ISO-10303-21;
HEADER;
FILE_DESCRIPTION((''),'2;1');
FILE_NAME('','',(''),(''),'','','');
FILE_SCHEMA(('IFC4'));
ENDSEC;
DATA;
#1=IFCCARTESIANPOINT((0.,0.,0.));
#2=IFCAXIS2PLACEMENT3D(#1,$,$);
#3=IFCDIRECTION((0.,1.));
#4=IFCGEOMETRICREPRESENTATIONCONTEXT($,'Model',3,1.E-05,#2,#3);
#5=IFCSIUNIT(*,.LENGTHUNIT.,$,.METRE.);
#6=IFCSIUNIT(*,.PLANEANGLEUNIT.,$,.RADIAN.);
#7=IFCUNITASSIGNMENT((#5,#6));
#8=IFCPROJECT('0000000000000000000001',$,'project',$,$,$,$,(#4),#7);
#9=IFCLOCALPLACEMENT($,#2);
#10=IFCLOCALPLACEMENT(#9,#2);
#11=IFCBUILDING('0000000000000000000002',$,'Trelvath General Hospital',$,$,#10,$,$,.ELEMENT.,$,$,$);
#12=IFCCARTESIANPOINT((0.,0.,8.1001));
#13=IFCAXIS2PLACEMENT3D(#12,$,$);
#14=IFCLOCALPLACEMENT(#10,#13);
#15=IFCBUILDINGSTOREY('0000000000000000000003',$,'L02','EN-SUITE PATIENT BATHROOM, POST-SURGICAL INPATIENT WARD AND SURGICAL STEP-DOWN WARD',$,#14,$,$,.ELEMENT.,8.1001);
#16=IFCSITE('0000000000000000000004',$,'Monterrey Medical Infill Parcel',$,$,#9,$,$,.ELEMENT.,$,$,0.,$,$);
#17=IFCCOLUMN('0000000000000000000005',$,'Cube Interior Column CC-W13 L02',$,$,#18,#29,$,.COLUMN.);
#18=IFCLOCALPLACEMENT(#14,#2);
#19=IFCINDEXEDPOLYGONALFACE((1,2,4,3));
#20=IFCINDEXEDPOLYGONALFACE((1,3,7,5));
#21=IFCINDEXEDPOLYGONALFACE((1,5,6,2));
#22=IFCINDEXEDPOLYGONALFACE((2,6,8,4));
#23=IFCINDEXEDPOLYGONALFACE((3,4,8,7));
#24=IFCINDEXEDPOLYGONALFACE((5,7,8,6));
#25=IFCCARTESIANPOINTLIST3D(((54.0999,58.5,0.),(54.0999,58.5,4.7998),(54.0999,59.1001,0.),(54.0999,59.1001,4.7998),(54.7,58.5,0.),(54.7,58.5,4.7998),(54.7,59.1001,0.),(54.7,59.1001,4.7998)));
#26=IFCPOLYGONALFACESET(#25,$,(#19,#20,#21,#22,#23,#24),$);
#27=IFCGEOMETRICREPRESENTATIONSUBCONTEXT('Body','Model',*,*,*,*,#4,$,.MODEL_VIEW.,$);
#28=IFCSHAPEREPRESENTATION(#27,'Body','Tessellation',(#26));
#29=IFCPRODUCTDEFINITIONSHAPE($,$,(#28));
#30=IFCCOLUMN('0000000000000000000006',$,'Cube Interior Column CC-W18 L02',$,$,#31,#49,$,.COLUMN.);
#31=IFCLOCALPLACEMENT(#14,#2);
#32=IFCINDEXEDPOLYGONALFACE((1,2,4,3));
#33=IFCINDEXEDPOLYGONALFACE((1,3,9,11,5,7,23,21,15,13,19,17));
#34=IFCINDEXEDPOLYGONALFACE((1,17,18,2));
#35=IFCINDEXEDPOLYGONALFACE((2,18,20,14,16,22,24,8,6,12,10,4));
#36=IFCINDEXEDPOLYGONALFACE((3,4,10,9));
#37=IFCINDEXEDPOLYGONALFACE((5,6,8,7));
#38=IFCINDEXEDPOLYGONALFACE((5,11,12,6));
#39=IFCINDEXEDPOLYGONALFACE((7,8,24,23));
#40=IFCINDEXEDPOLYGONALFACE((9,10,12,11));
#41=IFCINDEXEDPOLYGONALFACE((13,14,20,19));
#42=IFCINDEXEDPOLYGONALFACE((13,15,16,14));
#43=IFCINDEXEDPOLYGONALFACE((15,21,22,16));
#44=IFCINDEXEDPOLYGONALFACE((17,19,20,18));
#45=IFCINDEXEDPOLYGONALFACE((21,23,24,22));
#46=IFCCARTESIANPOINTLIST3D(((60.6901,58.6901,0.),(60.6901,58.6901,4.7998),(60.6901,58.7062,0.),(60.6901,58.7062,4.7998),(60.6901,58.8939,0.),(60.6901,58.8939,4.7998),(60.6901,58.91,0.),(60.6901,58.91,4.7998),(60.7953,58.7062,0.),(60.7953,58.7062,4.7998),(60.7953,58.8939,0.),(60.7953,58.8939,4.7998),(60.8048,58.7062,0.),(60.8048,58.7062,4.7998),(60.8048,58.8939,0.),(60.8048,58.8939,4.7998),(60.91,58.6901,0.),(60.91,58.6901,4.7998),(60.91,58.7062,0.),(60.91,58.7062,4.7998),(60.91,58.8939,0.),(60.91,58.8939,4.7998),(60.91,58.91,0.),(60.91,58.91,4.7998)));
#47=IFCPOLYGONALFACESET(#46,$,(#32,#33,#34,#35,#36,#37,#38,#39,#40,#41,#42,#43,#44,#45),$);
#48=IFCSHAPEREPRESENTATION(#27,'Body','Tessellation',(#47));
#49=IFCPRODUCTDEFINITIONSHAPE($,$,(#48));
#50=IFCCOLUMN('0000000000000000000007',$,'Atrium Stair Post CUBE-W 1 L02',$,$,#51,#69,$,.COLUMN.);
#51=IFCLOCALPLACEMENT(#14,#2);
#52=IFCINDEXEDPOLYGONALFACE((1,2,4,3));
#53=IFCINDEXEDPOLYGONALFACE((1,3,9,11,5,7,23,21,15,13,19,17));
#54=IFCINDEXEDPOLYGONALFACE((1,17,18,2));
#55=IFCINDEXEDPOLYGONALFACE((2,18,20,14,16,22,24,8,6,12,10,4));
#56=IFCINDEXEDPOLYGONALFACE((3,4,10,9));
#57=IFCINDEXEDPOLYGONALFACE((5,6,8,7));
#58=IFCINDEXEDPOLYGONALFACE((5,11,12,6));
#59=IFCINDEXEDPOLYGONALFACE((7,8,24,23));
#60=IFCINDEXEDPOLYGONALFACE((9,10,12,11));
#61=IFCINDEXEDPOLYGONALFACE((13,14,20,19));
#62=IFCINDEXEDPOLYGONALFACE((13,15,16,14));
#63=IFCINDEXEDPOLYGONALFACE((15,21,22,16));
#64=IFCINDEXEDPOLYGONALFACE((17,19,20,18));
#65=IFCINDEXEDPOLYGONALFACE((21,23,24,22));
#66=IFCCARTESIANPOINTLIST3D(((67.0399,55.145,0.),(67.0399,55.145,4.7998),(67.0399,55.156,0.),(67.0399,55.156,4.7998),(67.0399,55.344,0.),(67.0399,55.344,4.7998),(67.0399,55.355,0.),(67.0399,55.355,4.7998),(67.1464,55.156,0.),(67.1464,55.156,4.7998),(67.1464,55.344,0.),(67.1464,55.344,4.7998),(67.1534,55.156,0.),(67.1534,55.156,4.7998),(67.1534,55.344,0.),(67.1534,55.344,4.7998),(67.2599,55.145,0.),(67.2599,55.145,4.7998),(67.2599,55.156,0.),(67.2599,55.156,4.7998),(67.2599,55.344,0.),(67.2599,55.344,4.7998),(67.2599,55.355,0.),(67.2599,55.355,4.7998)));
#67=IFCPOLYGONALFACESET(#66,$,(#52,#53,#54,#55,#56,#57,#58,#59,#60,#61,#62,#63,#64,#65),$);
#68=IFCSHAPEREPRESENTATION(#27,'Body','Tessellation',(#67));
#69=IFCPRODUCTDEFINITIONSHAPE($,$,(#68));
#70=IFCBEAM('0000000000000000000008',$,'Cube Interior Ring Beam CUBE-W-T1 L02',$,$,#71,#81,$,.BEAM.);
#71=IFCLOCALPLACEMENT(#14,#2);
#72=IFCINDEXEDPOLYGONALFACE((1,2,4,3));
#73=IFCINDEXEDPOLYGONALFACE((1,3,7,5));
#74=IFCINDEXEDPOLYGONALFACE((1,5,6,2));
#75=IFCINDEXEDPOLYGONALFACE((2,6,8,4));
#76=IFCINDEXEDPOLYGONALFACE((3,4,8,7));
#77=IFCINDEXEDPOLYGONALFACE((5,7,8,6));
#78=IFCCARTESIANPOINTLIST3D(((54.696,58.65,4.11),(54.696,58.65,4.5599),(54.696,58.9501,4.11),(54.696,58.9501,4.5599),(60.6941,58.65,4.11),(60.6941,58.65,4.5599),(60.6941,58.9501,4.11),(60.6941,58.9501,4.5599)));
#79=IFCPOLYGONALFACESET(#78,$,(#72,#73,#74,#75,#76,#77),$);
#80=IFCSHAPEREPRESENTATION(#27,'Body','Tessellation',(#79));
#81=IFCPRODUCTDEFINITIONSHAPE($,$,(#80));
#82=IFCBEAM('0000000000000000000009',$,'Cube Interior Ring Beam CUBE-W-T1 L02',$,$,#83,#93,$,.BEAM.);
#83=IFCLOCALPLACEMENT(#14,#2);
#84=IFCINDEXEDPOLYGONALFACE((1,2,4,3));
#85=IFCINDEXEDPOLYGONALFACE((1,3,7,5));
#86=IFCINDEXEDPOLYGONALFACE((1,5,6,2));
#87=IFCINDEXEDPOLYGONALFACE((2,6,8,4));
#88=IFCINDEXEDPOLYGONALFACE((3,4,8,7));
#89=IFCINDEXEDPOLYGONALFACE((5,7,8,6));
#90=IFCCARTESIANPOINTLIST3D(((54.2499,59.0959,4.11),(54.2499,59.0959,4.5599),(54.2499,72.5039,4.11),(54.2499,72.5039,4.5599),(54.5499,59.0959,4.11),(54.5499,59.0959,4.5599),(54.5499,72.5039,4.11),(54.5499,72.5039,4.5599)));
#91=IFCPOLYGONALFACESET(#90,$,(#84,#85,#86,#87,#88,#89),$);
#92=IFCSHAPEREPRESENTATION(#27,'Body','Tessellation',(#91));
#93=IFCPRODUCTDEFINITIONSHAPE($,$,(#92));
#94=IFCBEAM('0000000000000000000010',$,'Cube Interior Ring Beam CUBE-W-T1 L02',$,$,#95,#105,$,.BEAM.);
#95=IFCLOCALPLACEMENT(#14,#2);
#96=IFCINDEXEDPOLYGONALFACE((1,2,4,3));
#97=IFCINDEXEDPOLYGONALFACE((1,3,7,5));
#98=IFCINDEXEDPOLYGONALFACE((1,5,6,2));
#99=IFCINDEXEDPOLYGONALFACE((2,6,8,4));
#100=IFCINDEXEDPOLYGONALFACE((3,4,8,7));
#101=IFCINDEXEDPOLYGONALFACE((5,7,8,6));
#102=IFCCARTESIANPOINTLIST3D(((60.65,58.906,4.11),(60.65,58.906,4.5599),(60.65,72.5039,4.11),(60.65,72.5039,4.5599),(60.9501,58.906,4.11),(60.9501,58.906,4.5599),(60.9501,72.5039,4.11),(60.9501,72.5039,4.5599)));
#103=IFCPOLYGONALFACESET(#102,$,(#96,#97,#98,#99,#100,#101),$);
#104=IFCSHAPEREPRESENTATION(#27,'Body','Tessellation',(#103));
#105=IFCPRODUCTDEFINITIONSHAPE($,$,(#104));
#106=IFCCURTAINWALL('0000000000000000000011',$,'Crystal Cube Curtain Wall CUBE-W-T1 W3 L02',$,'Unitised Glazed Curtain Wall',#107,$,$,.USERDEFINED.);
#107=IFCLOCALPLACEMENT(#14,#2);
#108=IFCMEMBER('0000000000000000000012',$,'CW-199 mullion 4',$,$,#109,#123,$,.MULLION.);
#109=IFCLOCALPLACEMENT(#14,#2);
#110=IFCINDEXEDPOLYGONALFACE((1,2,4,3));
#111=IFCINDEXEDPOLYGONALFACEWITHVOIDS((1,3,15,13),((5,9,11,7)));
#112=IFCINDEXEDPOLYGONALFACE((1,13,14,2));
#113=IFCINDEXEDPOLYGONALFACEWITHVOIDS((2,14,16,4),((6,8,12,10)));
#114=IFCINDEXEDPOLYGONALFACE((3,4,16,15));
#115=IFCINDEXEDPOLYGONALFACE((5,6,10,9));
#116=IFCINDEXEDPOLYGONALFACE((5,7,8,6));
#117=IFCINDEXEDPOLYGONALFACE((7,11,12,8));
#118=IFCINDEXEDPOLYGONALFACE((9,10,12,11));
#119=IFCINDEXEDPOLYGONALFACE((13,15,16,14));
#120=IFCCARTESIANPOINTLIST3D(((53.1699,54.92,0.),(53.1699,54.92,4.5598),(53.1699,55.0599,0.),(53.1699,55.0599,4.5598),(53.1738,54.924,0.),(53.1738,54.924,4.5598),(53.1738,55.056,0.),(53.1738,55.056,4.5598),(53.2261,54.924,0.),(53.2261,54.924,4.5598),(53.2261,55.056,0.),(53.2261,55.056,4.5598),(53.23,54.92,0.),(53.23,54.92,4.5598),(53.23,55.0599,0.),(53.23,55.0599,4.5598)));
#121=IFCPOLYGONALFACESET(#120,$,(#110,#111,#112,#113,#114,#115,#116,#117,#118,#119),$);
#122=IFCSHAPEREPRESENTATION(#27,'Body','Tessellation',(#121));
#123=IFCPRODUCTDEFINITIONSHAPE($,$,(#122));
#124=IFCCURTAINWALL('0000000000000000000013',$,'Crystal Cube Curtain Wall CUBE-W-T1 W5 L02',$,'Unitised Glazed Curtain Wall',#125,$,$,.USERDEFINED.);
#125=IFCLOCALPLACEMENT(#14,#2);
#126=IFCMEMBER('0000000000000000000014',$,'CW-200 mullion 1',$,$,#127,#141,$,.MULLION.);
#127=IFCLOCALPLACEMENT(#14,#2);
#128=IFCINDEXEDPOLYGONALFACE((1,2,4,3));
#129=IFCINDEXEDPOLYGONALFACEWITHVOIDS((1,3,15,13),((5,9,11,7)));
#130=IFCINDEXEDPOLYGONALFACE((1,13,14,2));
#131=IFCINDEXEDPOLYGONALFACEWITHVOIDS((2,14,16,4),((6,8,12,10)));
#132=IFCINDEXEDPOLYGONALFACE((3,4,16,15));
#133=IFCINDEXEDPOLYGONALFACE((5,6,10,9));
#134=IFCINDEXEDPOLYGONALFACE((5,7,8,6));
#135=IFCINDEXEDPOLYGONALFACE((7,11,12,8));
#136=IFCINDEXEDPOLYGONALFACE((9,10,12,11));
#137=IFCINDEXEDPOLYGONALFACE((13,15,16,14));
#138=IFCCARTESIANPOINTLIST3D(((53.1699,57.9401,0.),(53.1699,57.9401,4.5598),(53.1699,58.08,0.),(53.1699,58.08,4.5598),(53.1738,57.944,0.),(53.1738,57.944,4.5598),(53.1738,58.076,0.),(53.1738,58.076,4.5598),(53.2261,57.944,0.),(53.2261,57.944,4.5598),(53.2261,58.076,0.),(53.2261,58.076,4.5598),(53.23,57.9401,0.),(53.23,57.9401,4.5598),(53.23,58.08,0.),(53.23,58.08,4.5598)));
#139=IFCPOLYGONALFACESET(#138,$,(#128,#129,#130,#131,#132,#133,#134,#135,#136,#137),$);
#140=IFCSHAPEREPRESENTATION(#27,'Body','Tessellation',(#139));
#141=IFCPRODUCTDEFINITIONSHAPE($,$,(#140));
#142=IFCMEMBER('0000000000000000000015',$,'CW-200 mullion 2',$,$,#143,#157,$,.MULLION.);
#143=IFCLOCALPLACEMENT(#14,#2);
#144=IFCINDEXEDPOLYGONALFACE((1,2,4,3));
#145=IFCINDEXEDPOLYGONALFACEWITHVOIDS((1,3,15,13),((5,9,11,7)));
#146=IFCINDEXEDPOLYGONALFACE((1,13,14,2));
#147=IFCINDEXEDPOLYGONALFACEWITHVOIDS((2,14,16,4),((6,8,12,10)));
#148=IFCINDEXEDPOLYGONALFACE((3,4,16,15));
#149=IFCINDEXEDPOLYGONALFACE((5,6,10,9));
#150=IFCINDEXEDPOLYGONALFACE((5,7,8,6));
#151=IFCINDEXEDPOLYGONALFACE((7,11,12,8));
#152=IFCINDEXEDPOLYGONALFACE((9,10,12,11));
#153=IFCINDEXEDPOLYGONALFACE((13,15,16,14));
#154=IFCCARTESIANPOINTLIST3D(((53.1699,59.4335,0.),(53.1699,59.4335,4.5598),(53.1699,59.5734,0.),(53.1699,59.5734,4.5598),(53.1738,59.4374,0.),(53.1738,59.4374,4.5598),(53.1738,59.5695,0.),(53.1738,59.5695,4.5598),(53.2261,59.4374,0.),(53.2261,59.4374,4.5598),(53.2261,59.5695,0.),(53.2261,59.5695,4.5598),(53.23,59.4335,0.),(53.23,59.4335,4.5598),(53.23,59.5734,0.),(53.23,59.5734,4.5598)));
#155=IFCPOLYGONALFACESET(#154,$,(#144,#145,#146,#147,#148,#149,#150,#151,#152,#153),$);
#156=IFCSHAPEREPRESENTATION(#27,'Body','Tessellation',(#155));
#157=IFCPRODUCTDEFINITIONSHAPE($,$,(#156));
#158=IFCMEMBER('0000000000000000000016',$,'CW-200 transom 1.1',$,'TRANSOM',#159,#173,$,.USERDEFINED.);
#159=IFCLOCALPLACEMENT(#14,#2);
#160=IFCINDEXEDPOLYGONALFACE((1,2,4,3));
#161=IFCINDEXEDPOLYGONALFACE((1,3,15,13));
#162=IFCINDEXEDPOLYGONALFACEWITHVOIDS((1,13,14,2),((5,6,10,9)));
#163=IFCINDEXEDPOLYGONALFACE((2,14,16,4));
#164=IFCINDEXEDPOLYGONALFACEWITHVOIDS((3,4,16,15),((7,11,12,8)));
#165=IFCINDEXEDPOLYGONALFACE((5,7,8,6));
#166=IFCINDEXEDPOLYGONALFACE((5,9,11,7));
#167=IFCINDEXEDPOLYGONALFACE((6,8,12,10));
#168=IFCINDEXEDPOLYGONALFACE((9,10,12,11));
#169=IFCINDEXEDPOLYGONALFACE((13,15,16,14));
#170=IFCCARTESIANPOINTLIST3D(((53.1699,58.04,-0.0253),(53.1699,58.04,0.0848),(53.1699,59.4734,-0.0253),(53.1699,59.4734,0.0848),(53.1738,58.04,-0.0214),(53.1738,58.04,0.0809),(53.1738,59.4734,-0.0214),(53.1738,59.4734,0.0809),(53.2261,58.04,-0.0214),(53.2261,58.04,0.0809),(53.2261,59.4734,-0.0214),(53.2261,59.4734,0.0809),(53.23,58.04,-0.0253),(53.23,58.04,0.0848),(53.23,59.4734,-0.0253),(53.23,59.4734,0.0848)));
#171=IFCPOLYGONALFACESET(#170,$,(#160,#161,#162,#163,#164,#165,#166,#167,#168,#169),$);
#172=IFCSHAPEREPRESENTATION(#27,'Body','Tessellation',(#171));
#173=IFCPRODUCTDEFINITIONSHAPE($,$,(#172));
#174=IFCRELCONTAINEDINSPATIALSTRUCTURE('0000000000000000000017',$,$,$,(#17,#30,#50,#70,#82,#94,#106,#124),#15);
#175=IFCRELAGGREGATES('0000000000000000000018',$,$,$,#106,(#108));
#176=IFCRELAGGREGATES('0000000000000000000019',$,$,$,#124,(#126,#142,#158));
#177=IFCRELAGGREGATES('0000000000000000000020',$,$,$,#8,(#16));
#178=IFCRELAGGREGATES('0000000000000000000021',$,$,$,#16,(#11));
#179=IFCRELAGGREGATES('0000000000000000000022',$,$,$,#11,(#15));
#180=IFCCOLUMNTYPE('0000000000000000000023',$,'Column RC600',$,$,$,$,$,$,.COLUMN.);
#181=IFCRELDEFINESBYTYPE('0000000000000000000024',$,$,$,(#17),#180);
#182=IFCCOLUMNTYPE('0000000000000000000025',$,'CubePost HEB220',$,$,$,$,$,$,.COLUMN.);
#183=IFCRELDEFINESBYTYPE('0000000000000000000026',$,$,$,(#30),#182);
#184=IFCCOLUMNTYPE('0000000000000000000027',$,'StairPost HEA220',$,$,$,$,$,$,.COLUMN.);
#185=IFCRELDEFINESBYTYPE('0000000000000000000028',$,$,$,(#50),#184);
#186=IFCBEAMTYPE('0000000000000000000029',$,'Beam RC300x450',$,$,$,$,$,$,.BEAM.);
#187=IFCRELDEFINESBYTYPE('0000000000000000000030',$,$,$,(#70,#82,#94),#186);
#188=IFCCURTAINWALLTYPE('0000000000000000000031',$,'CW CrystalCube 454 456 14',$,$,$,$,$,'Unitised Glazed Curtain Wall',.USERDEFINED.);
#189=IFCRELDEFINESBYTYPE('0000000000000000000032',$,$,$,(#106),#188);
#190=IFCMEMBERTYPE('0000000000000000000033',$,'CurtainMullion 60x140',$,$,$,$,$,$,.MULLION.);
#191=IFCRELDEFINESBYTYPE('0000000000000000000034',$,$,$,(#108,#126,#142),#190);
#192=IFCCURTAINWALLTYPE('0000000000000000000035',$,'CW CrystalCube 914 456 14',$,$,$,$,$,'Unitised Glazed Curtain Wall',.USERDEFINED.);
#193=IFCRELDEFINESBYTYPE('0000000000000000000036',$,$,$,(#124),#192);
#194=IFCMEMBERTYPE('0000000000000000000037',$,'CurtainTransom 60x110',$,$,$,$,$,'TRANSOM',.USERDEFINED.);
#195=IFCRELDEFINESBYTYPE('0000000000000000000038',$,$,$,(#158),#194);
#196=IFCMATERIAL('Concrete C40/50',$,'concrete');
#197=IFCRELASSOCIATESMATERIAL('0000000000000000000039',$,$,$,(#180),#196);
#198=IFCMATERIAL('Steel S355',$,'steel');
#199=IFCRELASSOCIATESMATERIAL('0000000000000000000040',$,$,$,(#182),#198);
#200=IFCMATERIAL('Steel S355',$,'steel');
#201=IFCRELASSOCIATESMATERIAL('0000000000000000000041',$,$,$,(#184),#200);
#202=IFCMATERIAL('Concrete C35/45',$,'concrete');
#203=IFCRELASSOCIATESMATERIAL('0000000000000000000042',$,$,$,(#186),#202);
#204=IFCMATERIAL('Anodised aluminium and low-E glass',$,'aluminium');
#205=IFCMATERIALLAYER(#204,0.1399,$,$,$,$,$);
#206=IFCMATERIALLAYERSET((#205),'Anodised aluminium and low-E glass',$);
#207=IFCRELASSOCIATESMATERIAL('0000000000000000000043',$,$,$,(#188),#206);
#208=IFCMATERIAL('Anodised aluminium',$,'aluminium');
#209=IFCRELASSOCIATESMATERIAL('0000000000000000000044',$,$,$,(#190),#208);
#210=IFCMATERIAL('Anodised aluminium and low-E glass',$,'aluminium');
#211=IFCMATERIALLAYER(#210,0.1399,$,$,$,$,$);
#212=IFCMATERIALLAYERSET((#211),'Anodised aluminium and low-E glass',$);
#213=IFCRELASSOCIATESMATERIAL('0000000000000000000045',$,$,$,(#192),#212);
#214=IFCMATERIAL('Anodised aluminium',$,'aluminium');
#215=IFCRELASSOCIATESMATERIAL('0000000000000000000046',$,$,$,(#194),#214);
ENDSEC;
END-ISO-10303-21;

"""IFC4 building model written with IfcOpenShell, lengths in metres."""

from ifc_helpers import new_model, si_unit, direction, frame, origin, origin_2d, place, context, subcontext, project, spatial, rectangle, hollow_rectangle, i_section, extrude, material, layer, layer_set, material_profile, profile_set, type_object, element, aggregate, save


model = new_model("IFC4")

# Units and contexts
model_context = context("Model", 3, precision=1e-05, world=origin(), true_north=direction((0.0, 1.0)))
body_context = subcontext(model_context, "Body", "Model", "MODEL_VIEW")
ifc_project = project(units=[si_unit("LENGTHUNIT", "METRE"), si_unit("PLANEANGLEUNIT", "RADIAN")], contexts=[model_context])

# Site, building, storey
site_placement = place(None, origin())
site = spatial("IfcSite", under=ifc_project, at=site_placement, Name="Monterrey Medical Infill Parcel", CompositionType="ELEMENT", RefElevation=0.0)
building_placement = place(site_placement, origin())
building = spatial("IfcBuilding", under=site, at=building_placement, Name="Trelvath General Hospital", CompositionType="ELEMENT")
storey_placement = place(building_placement, frame((0.0, 0.0, 8.1001)))
storey = spatial("IfcBuildingStorey", under=building, at=storey_placement, Name="L02", Description="EN-SUITE PATIENT BATHROOM, POST-SURGICAL INPATIENT WARD AND SURGICAL STEP-DOWN WARD", CompositionType="ELEMENT", Elevation=8.1001)

# Columns
ifc_material_1 = material(Name="Concrete C40/50", Category="concrete")
ifc_material_profile_1 = material_profile(ifc_material_1, rectangle(XDim=0.6001, YDim=0.6001, at=origin_2d()), Name="RC600x600")
ifc_profile_set_1 = profile_set([ifc_material_profile_1], Name="Concrete C40/50")
column_type_1 = type_object("IfcColumnType", Name="Column RC600", PredefinedType="COLUMN", material=ifc_profile_set_1)
column_1_placement = place(storey_placement, frame((54.3999, 58.8, 0.0), z_axis=(0.0, 0.0, 1.0), x_axis=(1.0, 0.0, 0.0)))
element("IfcColumn", 1, at=column_1_placement, inside=storey, type_object=column_type_1, Name="Cube Interior Column CC-W13 L02", PredefinedType="COLUMN", context=body_context, shape_type="SweptSolid", body=[
    extrude(rectangle(XDim=0.6001, YDim=0.6001, at=origin_2d()), origin(), (0.0, 0.0, 1.0), 4.7998),
])
ifc_material_2 = material(Name="Steel S355", Category="steel")
ifc_material_profile_2 = material_profile(ifc_material_2, i_section(OverallWidth=0.22, OverallDepth=0.22, WebThickness=0.0095, FlangeThickness=0.0161, at=origin_2d()), Name="HEB220")
ifc_profile_set_2 = profile_set([ifc_material_profile_2], Name="Steel S355")
column_type_2 = type_object("IfcColumnType", Name="CubePost HEB220", PredefinedType="COLUMN", material=ifc_profile_set_2)
column_2_placement = place(storey_placement, frame((60.8, 58.8, 0.0), z_axis=(0.0, 0.0, 1.0), x_axis=(1.0, 0.0, 0.0)))
element("IfcColumn", 2, at=column_2_placement, inside=storey, type_object=column_type_2, Name="Cube Interior Column CC-W18 L02", PredefinedType="COLUMN", context=body_context, shape_type="SweptSolid", body=[
    extrude(i_section(OverallWidth=0.22, OverallDepth=0.22, WebThickness=0.0095, FlangeThickness=0.0161, at=origin_2d()), origin(), (0.0, 0.0, 1.0), 4.7998),
])
ifc_material_3 = material(Name="Steel S355", Category="steel")
ifc_material_profile_3 = material_profile(ifc_material_3, i_section(OverallWidth=0.22, OverallDepth=0.21, WebThickness=0.0071, FlangeThickness=0.011, at=origin_2d()), Name="HEA220")
ifc_profile_set_3 = profile_set([ifc_material_profile_3], Name="Steel S355")
column_type_3 = type_object("IfcColumnType", Name="StairPost HEA220", PredefinedType="COLUMN", material=ifc_profile_set_3)
column_3_placement = place(storey_placement, frame((67.1499, 55.25, 0.0), z_axis=(0.0, 0.0, 1.0), x_axis=(1.0, 0.0, 0.0)))
element("IfcColumn", 3, at=column_3_placement, inside=storey, type_object=column_type_3, Name="Atrium Stair Post CUBE-W 1 L02", PredefinedType="COLUMN", context=body_context, shape_type="SweptSolid", body=[
    extrude(i_section(OverallWidth=0.22, OverallDepth=0.21, WebThickness=0.0071, FlangeThickness=0.011, at=origin_2d()), origin(), (0.0, 0.0, 1.0), 4.7998),
])

# Beams
ifc_material_4 = material(Name="Concrete C35/45", Category="concrete")
ifc_material_profile_4 = material_profile(ifc_material_4, rectangle(XDim=0.3, YDim=0.45, at=origin_2d()), Name="RCB300x450")
ifc_profile_set_4 = profile_set([ifc_material_profile_4], Name="Concrete C35/45")
beam_type_1 = type_object("IfcBeamType", Name="Beam RC300x450", PredefinedType="BEAM", material=ifc_profile_set_4)
beam_1_placement = place(storey_placement, frame((54.696, 58.8, 4.335), z_axis=(1.0, 0.0, 0.0), x_axis=(0.0, 1.0, 0.0)))
element("IfcBeam", 4, at=beam_1_placement, inside=storey, type_object=beam_type_1, Name="Cube Interior Ring Beam CUBE-W-T1 L02", PredefinedType="BEAM", context=body_context, shape_type="SweptSolid", body=[
    extrude(rectangle(XDim=0.3, YDim=0.45, at=origin_2d()), origin(), (0.0, 0.0, 1.0), 5.998),
])
beam_2_placement = place(storey_placement, frame((54.3999, 59.0959, 4.335), z_axis=(0.0, 1.0, 0.0), x_axis=(-1.0, 0.0, 0.0)))
element("IfcBeam", 5, at=beam_2_placement, inside=storey, type_object=beam_type_1, Name="Cube Interior Ring Beam CUBE-W-T1 L02", PredefinedType="BEAM", context=body_context, shape_type="SweptSolid", body=[
    extrude(rectangle(XDim=0.3, YDim=0.45, at=origin_2d()), origin(), (0.0, 0.0, 1.0), 13.408),
])
beam_3_placement = place(storey_placement, frame((60.8, 58.906, 4.335), z_axis=(0.0, 1.0, 0.0), x_axis=(-1.0, 0.0, 0.0)))
element("IfcBeam", 6, at=beam_3_placement, inside=storey, type_object=beam_type_1, Name="Cube Interior Ring Beam CUBE-W-T1 L02", PredefinedType="BEAM", context=body_context, shape_type="SweptSolid", body=[
    extrude(rectangle(XDim=0.3, YDim=0.45, at=origin_2d()), origin(), (0.0, 0.0, 1.0), 13.5979),
])

# Curtain wall, member
ifc_material_5 = material(Name="Anodised aluminium and low-E glass", Category="aluminium")
ifc_layer_1 = layer(ifc_material_5, 0.1399)
ifc_layer_set_1 = layer_set([ifc_layer_1], Name="Anodised aluminium and low-E glass")
curtain_wall_type_1 = type_object("IfcCurtainWallType", Name="CW CrystalCube 454 456 14", ElementType="Unitised Glazed Curtain Wall", PredefinedType="USERDEFINED", material=ifc_layer_set_1)
curtain_wall_1_placement = place(storey_placement, origin())
curtain_wall_1 = element("IfcCurtainWall", 7, at=curtain_wall_1_placement, inside=storey, type_object=curtain_wall_type_1, Name="Crystal Cube Curtain Wall CUBE-W-T1 W3 L02", ObjectType="Unitised Glazed Curtain Wall", PredefinedType="USERDEFINED")
ifc_material_6 = material(Name="Anodised aluminium", Category="aluminium")
ifc_material_profile_5 = material_profile(ifc_material_6, hollow_rectangle(XDim=0.0601, YDim=0.1399, WallThickness=0.0039, at=origin_2d()), Name="RHS60x140x4")
ifc_profile_set_5 = profile_set([ifc_material_profile_5], Name="Anodised aluminium")
member_type_1 = type_object("IfcMemberType", Name="CurtainMullion 60x140", PredefinedType="MULLION", material=ifc_profile_set_5)
member_1_placement = place(storey_placement, frame((53.2, 54.99, 0.0), z_axis=(0.0, 0.0, 1.0), x_axis=(-1.0, 0.0, 0.0)))
member_1 = element("IfcMember", 8, at=member_1_placement, type_object=member_type_1, Name="CW-199 mullion 4", PredefinedType="MULLION", context=body_context, shape_type="SweptSolid", body=[
    extrude(hollow_rectangle(XDim=0.0601, YDim=0.1399, WallThickness=0.0039, at=origin_2d()), origin(), (0.0, 0.0, 1.0), 4.5598),
])

# Curtain wall, members
ifc_material_7 = material(Name="Anodised aluminium and low-E glass", Category="aluminium")
ifc_layer_2 = layer(ifc_material_7, 0.1399)
ifc_layer_set_2 = layer_set([ifc_layer_2], Name="Anodised aluminium and low-E glass")
curtain_wall_type_2 = type_object("IfcCurtainWallType", Name="CW CrystalCube 914 456 14", ElementType="Unitised Glazed Curtain Wall", PredefinedType="USERDEFINED", material=ifc_layer_set_2)
curtain_wall_2_placement = place(storey_placement, origin())
curtain_wall_2 = element("IfcCurtainWall", 9, at=curtain_wall_2_placement, inside=storey, type_object=curtain_wall_type_2, Name="Crystal Cube Curtain Wall CUBE-W-T1 W5 L02", ObjectType="Unitised Glazed Curtain Wall", PredefinedType="USERDEFINED")
member_2_placement = place(storey_placement, frame((53.2, 58.01, 0.0), z_axis=(0.0, 0.0, 1.0), x_axis=(-1.0, 0.0, 0.0)))
member_2 = element("IfcMember", 10, at=member_2_placement, type_object=member_type_1, Name="CW-200 mullion 1", PredefinedType="MULLION", context=body_context, shape_type="SweptSolid", body=[
    extrude(hollow_rectangle(XDim=0.0601, YDim=0.1399, WallThickness=0.0039, at=origin_2d()), origin(), (0.0, 0.0, 1.0), 4.5598),
])
member_3_placement = place(storey_placement, frame((53.2, 59.5034, 0.0), z_axis=(0.0, 0.0, 1.0), x_axis=(-1.0, 0.0, 0.0)))
member_3 = element("IfcMember", 11, at=member_3_placement, type_object=member_type_1, Name="CW-200 mullion 2", PredefinedType="MULLION", context=body_context, shape_type="SweptSolid", body=[
    extrude(hollow_rectangle(XDim=0.0601, YDim=0.1399, WallThickness=0.0039, at=origin_2d()), origin(), (0.0, 0.0, 1.0), 4.5598),
])
ifc_material_8 = material(Name="Anodised aluminium", Category="aluminium")
ifc_material_profile_6 = material_profile(ifc_material_8, hollow_rectangle(XDim=0.0601, YDim=0.1101, WallThickness=0.0039, at=origin_2d()), Name="RHS60x110x4")
ifc_profile_set_6 = profile_set([ifc_material_profile_6], Name="Anodised aluminium")
member_type_2 = type_object("IfcMemberType", Name="CurtainTransom 60x110", ElementType="TRANSOM", PredefinedType="USERDEFINED", material=ifc_profile_set_6)
member_4_placement = place(storey_placement, frame((53.2, 58.04, 0.0298), z_axis=(0.0, 1.0, 0.0), x_axis=(-1.0, 0.0, 0.0)))
member_4 = element("IfcMember", 12, at=member_4_placement, type_object=member_type_2, Name="CW-200 transom 1.1", ObjectType="TRANSOM", PredefinedType="USERDEFINED", context=body_context, shape_type="SweptSolid", body=[
    extrude(hollow_rectangle(XDim=0.0601, YDim=0.1101, WallThickness=0.0039, at=origin_2d()), origin(), (0.0, 0.0, 1.0), 1.4333),
])

aggregate(curtain_wall_1, [member_1])
aggregate(curtain_wall_2, [member_2, member_3, member_4])

save(model, "model.ifc")
